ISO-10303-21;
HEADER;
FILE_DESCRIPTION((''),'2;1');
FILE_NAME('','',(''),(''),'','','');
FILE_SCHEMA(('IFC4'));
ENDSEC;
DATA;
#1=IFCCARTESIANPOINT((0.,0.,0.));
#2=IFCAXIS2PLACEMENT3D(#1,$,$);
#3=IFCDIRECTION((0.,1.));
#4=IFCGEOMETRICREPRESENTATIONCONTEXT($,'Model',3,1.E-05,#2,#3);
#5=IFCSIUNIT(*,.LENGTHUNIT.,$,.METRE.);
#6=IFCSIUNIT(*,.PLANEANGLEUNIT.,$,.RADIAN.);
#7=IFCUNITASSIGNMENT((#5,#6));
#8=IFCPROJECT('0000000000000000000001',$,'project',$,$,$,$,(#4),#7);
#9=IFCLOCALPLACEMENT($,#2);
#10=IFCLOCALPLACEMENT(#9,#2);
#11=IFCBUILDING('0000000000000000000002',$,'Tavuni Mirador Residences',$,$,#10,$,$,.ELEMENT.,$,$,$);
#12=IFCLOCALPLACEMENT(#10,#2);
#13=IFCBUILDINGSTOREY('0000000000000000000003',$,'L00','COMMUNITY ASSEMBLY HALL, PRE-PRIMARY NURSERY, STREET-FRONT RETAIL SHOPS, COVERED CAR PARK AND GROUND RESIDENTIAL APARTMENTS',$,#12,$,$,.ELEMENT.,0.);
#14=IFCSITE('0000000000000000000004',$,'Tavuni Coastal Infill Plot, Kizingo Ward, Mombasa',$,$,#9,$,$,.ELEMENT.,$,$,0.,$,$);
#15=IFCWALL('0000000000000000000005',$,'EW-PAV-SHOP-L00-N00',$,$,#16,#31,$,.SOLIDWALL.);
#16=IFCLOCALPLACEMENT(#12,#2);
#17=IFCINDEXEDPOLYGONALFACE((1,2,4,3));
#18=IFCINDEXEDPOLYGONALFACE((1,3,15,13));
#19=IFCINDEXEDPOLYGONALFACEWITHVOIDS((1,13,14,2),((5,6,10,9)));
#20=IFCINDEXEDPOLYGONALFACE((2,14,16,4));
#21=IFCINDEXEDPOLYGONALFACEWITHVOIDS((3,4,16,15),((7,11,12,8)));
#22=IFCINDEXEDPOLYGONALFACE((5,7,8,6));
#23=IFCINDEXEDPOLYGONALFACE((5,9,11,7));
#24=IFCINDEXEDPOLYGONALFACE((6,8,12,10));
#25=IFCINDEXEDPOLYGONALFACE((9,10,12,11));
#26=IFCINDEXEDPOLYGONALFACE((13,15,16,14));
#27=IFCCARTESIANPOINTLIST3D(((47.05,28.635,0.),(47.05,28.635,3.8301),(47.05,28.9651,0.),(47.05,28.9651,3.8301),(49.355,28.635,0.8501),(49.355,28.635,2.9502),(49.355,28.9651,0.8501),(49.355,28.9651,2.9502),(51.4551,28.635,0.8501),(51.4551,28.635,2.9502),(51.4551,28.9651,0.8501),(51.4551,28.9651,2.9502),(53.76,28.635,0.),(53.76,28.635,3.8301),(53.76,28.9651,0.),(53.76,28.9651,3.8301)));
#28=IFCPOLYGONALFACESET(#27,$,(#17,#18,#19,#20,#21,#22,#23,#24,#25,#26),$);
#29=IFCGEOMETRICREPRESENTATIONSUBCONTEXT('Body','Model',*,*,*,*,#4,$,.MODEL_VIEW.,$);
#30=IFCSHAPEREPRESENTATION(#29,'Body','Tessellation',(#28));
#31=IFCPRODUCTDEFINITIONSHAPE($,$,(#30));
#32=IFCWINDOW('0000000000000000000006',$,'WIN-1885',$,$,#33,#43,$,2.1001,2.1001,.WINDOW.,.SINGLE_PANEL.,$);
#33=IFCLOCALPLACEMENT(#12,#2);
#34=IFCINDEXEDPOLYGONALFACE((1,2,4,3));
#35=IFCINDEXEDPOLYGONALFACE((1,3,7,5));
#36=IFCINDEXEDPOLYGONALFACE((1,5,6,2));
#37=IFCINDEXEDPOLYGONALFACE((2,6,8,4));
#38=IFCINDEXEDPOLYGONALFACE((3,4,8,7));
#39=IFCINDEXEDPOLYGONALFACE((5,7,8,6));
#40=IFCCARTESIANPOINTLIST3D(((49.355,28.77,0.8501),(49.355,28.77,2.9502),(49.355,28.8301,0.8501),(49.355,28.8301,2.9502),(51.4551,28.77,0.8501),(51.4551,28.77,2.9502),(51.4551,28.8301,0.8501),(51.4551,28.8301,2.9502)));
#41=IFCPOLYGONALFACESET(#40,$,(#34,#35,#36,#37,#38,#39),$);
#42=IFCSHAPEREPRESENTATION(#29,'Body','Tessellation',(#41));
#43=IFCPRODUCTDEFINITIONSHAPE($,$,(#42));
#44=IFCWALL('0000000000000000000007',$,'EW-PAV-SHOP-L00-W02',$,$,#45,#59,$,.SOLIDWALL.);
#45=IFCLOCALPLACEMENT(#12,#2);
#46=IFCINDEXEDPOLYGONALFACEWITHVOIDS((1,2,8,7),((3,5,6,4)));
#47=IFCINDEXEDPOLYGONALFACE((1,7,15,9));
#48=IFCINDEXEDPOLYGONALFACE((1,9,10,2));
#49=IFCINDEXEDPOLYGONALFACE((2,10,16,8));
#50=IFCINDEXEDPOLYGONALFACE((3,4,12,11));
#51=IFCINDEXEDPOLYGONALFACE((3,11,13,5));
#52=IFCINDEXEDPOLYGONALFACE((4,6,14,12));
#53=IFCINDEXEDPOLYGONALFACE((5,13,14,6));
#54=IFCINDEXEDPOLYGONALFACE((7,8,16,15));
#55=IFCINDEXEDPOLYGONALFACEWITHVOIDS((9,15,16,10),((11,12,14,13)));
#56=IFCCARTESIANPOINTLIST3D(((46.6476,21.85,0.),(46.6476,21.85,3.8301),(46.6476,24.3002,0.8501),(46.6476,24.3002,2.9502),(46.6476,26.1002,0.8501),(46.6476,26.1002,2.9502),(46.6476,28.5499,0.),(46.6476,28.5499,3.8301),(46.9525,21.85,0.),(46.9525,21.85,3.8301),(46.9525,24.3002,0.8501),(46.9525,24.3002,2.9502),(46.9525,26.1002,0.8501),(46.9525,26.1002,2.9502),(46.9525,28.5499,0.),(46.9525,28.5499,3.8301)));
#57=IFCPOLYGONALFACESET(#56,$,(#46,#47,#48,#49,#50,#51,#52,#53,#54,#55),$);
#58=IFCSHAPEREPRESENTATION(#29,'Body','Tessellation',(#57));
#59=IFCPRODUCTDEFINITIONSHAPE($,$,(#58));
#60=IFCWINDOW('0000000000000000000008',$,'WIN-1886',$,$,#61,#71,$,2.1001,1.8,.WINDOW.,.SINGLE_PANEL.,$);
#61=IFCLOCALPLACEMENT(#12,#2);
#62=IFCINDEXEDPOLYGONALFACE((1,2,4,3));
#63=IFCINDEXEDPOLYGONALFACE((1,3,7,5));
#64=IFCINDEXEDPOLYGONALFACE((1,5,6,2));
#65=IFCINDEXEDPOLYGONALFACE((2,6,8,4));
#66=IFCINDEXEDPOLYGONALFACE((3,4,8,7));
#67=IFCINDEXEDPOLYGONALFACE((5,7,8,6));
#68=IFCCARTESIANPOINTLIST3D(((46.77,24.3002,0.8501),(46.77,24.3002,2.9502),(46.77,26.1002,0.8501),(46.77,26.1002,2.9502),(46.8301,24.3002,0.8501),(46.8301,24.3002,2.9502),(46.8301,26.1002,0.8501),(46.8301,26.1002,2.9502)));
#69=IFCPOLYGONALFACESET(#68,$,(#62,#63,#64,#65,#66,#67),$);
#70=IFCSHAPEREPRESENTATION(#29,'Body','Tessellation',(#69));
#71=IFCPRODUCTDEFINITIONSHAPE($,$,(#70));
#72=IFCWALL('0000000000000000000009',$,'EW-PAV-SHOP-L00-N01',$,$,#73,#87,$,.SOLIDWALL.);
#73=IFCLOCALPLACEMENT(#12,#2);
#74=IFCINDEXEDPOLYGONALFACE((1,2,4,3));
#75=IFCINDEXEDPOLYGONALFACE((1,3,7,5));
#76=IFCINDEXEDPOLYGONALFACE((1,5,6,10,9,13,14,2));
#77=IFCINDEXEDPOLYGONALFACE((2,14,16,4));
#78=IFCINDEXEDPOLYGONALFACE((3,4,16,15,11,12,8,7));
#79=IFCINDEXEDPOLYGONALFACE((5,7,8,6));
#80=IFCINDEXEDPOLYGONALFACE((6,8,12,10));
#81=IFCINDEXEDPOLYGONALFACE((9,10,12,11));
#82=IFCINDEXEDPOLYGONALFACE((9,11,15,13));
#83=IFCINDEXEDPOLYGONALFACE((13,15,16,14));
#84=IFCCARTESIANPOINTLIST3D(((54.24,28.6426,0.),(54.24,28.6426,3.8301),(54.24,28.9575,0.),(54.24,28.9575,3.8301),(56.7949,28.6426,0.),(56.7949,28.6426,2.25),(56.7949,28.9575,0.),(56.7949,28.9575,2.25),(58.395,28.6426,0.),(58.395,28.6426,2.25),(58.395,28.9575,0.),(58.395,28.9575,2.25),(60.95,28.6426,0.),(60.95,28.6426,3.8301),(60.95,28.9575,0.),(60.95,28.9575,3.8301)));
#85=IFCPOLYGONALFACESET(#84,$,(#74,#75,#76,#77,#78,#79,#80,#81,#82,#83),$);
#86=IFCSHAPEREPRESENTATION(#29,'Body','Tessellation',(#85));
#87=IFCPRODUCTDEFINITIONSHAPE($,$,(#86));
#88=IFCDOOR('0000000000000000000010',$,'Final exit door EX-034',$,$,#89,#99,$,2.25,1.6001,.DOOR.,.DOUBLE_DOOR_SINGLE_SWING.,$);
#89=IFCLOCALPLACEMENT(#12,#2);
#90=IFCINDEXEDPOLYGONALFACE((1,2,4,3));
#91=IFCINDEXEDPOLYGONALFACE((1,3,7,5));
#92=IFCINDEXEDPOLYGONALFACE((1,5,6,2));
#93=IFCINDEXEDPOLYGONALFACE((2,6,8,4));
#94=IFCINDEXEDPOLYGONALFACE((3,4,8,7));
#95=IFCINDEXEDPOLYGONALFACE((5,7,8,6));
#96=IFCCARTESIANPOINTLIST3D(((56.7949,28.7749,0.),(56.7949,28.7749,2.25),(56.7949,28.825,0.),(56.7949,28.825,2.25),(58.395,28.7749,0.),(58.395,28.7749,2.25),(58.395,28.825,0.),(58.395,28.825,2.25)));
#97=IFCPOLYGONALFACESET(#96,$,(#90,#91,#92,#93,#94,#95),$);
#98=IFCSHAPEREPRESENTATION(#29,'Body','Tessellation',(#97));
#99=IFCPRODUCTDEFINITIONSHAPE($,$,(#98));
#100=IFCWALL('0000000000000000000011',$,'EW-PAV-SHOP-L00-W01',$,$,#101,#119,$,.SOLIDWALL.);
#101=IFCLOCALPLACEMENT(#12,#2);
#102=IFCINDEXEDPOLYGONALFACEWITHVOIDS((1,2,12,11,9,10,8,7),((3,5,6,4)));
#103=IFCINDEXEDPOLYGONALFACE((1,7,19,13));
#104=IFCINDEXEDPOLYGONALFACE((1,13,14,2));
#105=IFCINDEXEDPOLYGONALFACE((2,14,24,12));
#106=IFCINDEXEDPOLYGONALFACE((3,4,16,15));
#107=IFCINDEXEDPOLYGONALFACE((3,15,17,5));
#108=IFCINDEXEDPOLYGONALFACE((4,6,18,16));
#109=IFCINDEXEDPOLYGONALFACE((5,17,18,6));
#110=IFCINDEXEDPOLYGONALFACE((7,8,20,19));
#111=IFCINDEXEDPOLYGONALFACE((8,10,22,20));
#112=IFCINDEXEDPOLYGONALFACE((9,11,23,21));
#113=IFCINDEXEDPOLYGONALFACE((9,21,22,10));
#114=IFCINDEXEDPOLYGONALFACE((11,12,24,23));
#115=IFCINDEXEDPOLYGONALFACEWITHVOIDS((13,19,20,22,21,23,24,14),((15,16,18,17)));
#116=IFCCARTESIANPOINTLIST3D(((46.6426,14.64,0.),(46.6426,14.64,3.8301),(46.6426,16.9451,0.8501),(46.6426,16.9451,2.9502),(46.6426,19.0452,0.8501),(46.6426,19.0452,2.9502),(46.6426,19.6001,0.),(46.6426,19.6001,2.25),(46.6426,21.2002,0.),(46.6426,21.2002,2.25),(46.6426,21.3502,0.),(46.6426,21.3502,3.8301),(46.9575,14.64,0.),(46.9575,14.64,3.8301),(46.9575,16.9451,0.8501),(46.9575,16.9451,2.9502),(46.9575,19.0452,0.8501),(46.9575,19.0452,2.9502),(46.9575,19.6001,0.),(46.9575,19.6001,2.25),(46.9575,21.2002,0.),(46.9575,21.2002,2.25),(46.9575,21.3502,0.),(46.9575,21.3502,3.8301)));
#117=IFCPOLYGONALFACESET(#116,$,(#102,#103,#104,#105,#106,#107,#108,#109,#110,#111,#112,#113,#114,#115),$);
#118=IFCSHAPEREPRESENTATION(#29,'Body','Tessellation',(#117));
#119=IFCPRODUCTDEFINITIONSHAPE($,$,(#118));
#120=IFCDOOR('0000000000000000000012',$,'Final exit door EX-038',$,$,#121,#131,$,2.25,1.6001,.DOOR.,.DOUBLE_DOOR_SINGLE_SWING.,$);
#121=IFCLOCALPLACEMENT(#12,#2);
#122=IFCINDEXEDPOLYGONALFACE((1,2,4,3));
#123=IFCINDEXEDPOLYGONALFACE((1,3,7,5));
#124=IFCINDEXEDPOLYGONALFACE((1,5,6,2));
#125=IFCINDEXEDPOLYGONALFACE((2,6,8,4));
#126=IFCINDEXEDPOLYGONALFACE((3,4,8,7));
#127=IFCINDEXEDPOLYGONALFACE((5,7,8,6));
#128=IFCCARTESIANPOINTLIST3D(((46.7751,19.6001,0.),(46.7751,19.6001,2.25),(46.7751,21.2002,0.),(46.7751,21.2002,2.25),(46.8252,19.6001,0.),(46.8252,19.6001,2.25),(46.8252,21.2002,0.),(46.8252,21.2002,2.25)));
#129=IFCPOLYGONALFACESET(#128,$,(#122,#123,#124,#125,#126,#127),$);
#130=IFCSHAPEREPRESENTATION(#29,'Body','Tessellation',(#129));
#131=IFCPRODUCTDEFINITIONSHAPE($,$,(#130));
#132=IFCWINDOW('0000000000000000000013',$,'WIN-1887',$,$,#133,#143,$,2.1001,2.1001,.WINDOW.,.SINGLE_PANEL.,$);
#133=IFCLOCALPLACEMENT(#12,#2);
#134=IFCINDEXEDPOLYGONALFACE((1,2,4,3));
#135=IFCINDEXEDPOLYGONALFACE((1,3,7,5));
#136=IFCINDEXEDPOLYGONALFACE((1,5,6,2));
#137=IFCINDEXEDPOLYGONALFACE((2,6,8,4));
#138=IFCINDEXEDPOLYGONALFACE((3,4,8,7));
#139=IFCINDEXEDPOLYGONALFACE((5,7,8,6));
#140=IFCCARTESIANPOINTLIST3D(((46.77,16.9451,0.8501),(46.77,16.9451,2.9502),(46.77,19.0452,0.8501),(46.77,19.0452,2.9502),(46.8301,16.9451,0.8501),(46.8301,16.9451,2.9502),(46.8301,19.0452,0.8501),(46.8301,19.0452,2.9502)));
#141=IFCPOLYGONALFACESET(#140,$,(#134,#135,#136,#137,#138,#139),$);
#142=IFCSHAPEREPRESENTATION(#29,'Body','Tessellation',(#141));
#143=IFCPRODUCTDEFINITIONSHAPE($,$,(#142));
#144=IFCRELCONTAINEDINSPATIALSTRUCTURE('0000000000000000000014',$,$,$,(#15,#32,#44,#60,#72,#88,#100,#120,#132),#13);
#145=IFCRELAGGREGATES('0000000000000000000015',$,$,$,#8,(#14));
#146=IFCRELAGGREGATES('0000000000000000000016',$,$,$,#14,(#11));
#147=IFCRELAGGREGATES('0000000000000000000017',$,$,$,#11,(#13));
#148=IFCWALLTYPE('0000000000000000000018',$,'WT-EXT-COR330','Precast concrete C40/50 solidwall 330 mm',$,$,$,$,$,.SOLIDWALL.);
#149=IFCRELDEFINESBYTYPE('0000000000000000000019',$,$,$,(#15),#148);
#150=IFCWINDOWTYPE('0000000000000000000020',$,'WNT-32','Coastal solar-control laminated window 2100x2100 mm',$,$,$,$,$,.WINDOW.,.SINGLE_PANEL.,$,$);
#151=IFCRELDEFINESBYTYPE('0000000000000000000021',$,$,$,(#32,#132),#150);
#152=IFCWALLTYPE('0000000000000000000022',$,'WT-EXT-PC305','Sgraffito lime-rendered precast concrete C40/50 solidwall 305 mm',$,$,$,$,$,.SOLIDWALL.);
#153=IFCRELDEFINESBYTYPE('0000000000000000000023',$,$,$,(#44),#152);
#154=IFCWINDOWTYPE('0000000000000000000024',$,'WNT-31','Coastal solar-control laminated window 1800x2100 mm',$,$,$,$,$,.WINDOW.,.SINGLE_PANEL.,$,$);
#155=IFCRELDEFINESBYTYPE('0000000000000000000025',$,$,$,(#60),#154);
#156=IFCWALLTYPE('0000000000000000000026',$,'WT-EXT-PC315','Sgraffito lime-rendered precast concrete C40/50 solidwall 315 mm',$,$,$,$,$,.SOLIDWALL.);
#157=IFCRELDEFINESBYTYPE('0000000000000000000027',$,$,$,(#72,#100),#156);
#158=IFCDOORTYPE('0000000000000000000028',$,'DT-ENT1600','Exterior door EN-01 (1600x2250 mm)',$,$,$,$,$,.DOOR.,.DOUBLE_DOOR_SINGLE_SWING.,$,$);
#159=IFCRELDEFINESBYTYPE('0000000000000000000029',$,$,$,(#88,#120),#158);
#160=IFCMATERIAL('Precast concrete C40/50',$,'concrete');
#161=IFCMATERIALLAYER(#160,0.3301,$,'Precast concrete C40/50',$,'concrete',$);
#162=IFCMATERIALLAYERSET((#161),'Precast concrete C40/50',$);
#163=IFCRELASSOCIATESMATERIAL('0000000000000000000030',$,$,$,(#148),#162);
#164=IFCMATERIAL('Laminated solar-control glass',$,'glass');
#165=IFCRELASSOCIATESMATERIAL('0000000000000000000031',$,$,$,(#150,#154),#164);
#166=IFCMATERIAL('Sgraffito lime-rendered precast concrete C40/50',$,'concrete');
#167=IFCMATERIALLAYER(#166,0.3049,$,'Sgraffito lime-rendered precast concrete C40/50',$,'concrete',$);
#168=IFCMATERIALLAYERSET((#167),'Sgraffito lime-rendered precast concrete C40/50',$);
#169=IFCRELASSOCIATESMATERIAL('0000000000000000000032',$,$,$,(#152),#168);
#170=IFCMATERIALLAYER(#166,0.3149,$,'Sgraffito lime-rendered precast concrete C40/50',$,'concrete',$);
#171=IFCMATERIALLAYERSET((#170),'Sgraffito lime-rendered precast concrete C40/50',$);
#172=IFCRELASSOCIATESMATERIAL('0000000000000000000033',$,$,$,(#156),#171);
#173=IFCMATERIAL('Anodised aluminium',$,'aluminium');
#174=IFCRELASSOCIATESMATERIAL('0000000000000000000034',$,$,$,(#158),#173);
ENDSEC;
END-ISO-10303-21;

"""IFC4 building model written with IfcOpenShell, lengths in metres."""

from ifc_helpers import new_model, si_unit, direction, frame, frame_2d, origin, place, context, subcontext, project, spatial, rectangle, extrude, material, layer, layer_set, type_object, element, fill, save


model = new_model("IFC4")

# Units and contexts
model_context = context("Model", 3, precision=1e-05, world=origin(), true_north=direction((0.0, 1.0)))
body_context = subcontext(model_context, "Body", "Model", "MODEL_VIEW")
ifc_project = project(units=[si_unit("LENGTHUNIT", "METRE"), si_unit("PLANEANGLEUNIT", "RADIAN")], contexts=[model_context])

# Site, building, storey
site_placement = place(None, origin())
site = spatial("IfcSite", under=ifc_project, at=site_placement, Name="Tavuni Coastal Infill Plot, Kizingo Ward, Mombasa", CompositionType="ELEMENT", RefElevation=0.0)
building_placement = place(site_placement, origin())
building = spatial("IfcBuilding", under=site, at=building_placement, Name="Tavuni Mirador Residences", CompositionType="ELEMENT")
storey_placement = place(building_placement, origin())
storey = spatial("IfcBuildingStorey", under=building, at=storey_placement, Name="L00", Description="COMMUNITY ASSEMBLY HALL, PRE-PRIMARY NURSERY, STREET-FRONT RETAIL SHOPS, COVERED CAR PARK AND GROUND RESIDENTIAL APARTMENTS", CompositionType="ELEMENT", Elevation=0.0)

# Shared definitions
ifc_material_1 = material(Name="Precast concrete C40/50", Category="concrete")

# Walls, openings, windows
ifc_layer_1 = layer(ifc_material_1, 0.3301, Name="Precast concrete C40/50", Category="concrete")
ifc_layer_set_1 = layer_set([ifc_layer_1], Name="Precast concrete C40/50")
wall_type_1 = type_object("IfcWallType", Name="WT-EXT-COR330", Description="Precast concrete C40/50 solidwall 330 mm", PredefinedType="SOLIDWALL", material=ifc_layer_set_1)
wall_1_placement = place(storey_placement, frame((53.76, 28.8, 0.0), z_axis=(0.0, 0.0, 1.0), x_axis=(-1.0, 0.0, 0.0)))
wall_1 = element("IfcWall", 1, at=wall_1_placement, inside=storey, type_object=wall_type_1, Name="EW-PAV-SHOP-L00-N00", PredefinedType="SOLIDWALL", context=body_context, shape_type="SweptSolid", body=[
    extrude(rectangle(XDim=6.71, YDim=0.3301, at=frame_2d((3.355, 0.0))), origin(), (0.0, 0.0, 1.0), 3.8301),
])
opening_1_placement = place(wall_1_placement, frame((2.3049, 0.0, 0.8501)))
opening_1 = element("IfcOpeningElement", 2, at=opening_1_placement, cuts=wall_1, PredefinedType="OPENING", context=body_context, shape_type="SweptSolid", body=[
    extrude(rectangle(XDim=2.1001, YDim=2.1001, at=frame_2d((1.05, 1.05))), frame((0.0, 0.175, 0.0), z_axis=(0.0, -1.0, 0.0), x_axis=(1.0, 0.0, 0.0)), (0.0, 0.0, 1.0), 0.3501),
])
ifc_material_2 = material(Name="Laminated solar-control glass", Category="glass")
window_type_1 = type_object("IfcWindowType", Name="WNT-32", Description="Coastal solar-control laminated window 2100x2100 mm", PartitioningType="SINGLE_PANEL", PredefinedType="WINDOW", material=ifc_material_2)
window_1_placement = place(opening_1_placement, origin())
window_1 = element("IfcWindow", 3, at=window_1_placement, inside=storey, type_object=window_type_1, Name="WIN-1885", OverallHeight=2.1001, OverallWidth=2.1001, PartitioningType="SINGLE_PANEL", PredefinedType="WINDOW", context=body_context, shape_type="SweptSolid", body=[
    extrude(rectangle(XDim=2.1001, YDim=2.1001, at=frame_2d((1.05, 1.05))), frame((0.0, 0.03, 0.0), z_axis=(0.0, -1.0, 0.0), x_axis=(1.0, 0.0, 0.0)), (0.0, 0.0, 1.0), 0.0601),
])
fill(opening_1, window_1)
ifc_material_3 = material(Name="Sgraffito lime-rendered precast concrete C40/50", Category="concrete")
ifc_layer_2 = layer(ifc_material_3, 0.3049, Name="Sgraffito lime-rendered precast concrete C40/50", Category="concrete")
ifc_layer_set_2 = layer_set([ifc_layer_2], Name="Sgraffito lime-rendered precast concrete C40/50")
wall_type_2 = type_object("IfcWallType", Name="WT-EXT-PC305", Description="Sgraffito lime-rendered precast concrete C40/50 solidwall 305 mm", PredefinedType="SOLIDWALL", material=ifc_layer_set_2)
wall_2_placement = place(storey_placement, frame((46.8, 28.55, 0.0), z_axis=(0.0, 0.0, 1.0), x_axis=(0.0, -1.0, 0.0)))
wall_2 = element("IfcWall", 4, at=wall_2_placement, inside=storey, type_object=wall_type_2, Name="EW-PAV-SHOP-L00-W02", PredefinedType="SOLIDWALL", context=body_context, shape_type="SweptSolid", body=[
    extrude(rectangle(XDim=6.7, YDim=0.3049, at=frame_2d((3.3501, 0.0))), origin(), (0.0, 0.0, 1.0), 3.8301),
])
opening_2_placement = place(wall_2_placement, frame((2.45, 0.0, 0.8501)))
opening_2 = element("IfcOpeningElement", 5, at=opening_2_placement, cuts=wall_2, PredefinedType="OPENING", context=body_context, shape_type="SweptSolid", body=[
    extrude(rectangle(XDim=1.8, YDim=2.1001, at=frame_2d((0.8999, 1.05))), frame((0.0, 0.1626, 0.0), z_axis=(0.0, -1.0, 0.0), x_axis=(1.0, 0.0, 0.0)), (0.0, 0.0, 1.0), 0.325),
])
window_type_2 = type_object("IfcWindowType", Name="WNT-31", Description="Coastal solar-control laminated window 1800x2100 mm", PartitioningType="SINGLE_PANEL", PredefinedType="WINDOW", material=ifc_material_2)
window_2_placement = place(opening_2_placement, origin())
window_2 = element("IfcWindow", 6, at=window_2_placement, inside=storey, type_object=window_type_2, Name="WIN-1886", OverallHeight=2.1001, OverallWidth=1.8, PartitioningType="SINGLE_PANEL", PredefinedType="WINDOW", context=body_context, shape_type="SweptSolid", body=[
    extrude(rectangle(XDim=1.8, YDim=2.1001, at=frame_2d((0.8999, 1.05))), frame((0.0, 0.03, 0.0), z_axis=(0.0, -1.0, 0.0), x_axis=(1.0, 0.0, 0.0)), (0.0, 0.0, 1.0), 0.0601),
])
fill(opening_2, window_2)

# Wall, opening, door
ifc_layer_3 = layer(ifc_material_3, 0.3149, Name="Sgraffito lime-rendered precast concrete C40/50", Category="concrete")
ifc_layer_set_3 = layer_set([ifc_layer_3], Name="Sgraffito lime-rendered precast concrete C40/50")
wall_type_3 = type_object("IfcWallType", Name="WT-EXT-PC315", Description="Sgraffito lime-rendered precast concrete C40/50 solidwall 315 mm", PredefinedType="SOLIDWALL", material=ifc_layer_set_3)
wall_3_placement = place(storey_placement, frame((60.95, 28.8, 0.0), z_axis=(0.0, 0.0, 1.0), x_axis=(-1.0, 0.0, 0.0)))
wall_3 = element("IfcWall", 7, at=wall_3_placement, inside=storey, type_object=wall_type_3, Name="EW-PAV-SHOP-L00-N01", PredefinedType="SOLIDWALL", context=body_context, shape_type="SweptSolid", body=[
    extrude(rectangle(XDim=6.71, YDim=0.3149, at=frame_2d((3.355, 0.0))), origin(), (0.0, 0.0, 1.0), 3.8301),
])
opening_3_placement = place(wall_3_placement, frame((2.5549, 0.0, 0.0)))
opening_3 = element("IfcOpeningElement", 8, at=opening_3_placement, cuts=wall_3, PredefinedType="OPENING", context=body_context, shape_type="SweptSolid", body=[
    extrude(rectangle(XDim=1.6001, YDim=2.25, at=frame_2d((0.8, 1.125))), frame((0.0, 0.1675, 0.0), z_axis=(0.0, -1.0, 0.0), x_axis=(1.0, 0.0, 0.0)), (0.0, 0.0, 1.0), 0.335),
])
ifc_material_4 = material(Name="Anodised aluminium", Category="aluminium")
door_type_1 = type_object("IfcDoorType", Name="DT-ENT1600", Description="Exterior door EN-01 (1600x2250 mm)", OperationType="DOUBLE_DOOR_SINGLE_SWING", PredefinedType="DOOR", material=ifc_material_4)
door_1_placement = place(opening_3_placement, frame((1.6001, 0.0, 0.0), z_axis=(0.0, 0.0, 1.0), x_axis=(-1.0, 0.0, 0.0)))
door_1 = element("IfcDoor", 9, at=door_1_placement, inside=storey, type_object=door_type_1, Name="Final exit door EX-034", OperationType="DOUBLE_DOOR_SINGLE_SWING", OverallHeight=2.25, OverallWidth=1.6001, PredefinedType="DOOR", context=body_context, shape_type="SweptSolid", body=[
    extrude(rectangle(XDim=1.6001, YDim=2.25, at=frame_2d((0.8, 1.125))), frame((0.0, 0.0249, 0.0), z_axis=(0.0, -1.0, 0.0), x_axis=(1.0, 0.0, 0.0)), (0.0, 0.0, 1.0), 0.05),
])
fill(opening_3, door_1)

# Wall, openings, door, window
wall_4_placement = place(storey_placement, frame((46.8, 21.3501, 0.0), z_axis=(0.0, 0.0, 1.0), x_axis=(0.0, -1.0, 0.0)))
wall_4 = element("IfcWall", 10, at=wall_4_placement, inside=storey, type_object=wall_type_3, Name="EW-PAV-SHOP-L00-W01", PredefinedType="SOLIDWALL", context=body_context, shape_type="SweptSolid", body=[
    extrude(rectangle(XDim=6.7102, YDim=0.3149, at=frame_2d((3.355, 0.0))), origin(), (0.0, 0.0, 1.0), 3.8301),
])
opening_4_placement = place(wall_4_placement, frame((2.3049, 0.0, 0.8501)))
opening_4 = element("IfcOpeningElement", 11, at=opening_4_placement, cuts=wall_4, PredefinedType="OPENING", context=body_context, shape_type="SweptSolid", body=[
    extrude(rectangle(XDim=2.1001, YDim=2.1001, at=frame_2d((1.05, 1.05))), frame((0.0, 0.1675, 0.0), z_axis=(0.0, -1.0, 0.0), x_axis=(1.0, 0.0, 0.0)), (0.0, 0.0, 1.0), 0.335),
])
opening_5_placement = place(wall_4_placement, frame((0.1499, 0.0, 0.0)))
opening_5 = element("IfcOpeningElement", 12, at=opening_5_placement, cuts=wall_4, PredefinedType="OPENING", context=body_context, shape_type="SweptSolid", body=[
    extrude(rectangle(XDim=1.6001, YDim=2.25, at=frame_2d((0.8, 1.125))), frame((0.0, 0.1675, 0.0), z_axis=(0.0, -1.0, 0.0), x_axis=(1.0, 0.0, 0.0)), (0.0, 0.0, 1.0), 0.335),
])
door_2_placement = place(opening_5_placement, frame((1.6001, 0.0, 0.0), z_axis=(0.0, 0.0, 1.0), x_axis=(-1.0, 0.0, 0.0)))
door_2 = element("IfcDoor", 13, at=door_2_placement, inside=storey, type_object=door_type_1, Name="Final exit door EX-038", OperationType="DOUBLE_DOOR_SINGLE_SWING", OverallHeight=2.25, OverallWidth=1.6001, PredefinedType="DOOR", context=body_context, shape_type="SweptSolid", body=[
    extrude(rectangle(XDim=1.6001, YDim=2.25, at=frame_2d((0.8, 1.125))), frame((0.0, 0.0249, 0.0), z_axis=(0.0, -1.0, 0.0), x_axis=(1.0, 0.0, 0.0)), (0.0, 0.0, 1.0), 0.05),
])
fill(opening_5, door_2)
window_3_placement = place(opening_4_placement, origin())
window_3 = element("IfcWindow", 14, at=window_3_placement, inside=storey, type_object=window_type_1, Name="WIN-1887", OverallHeight=2.1001, OverallWidth=2.1001, PartitioningType="SINGLE_PANEL", PredefinedType="WINDOW", context=body_context, shape_type="SweptSolid", body=[
    extrude(rectangle(XDim=2.1001, YDim=2.1001, at=frame_2d((1.05, 1.05))), frame((0.0, 0.03, 0.0), z_axis=(0.0, -1.0, 0.0), x_axis=(1.0, 0.0, 0.0)), (0.0, 0.0, 1.0), 0.0601),
])
fill(opening_4, window_3)

save(model, "model.ifc")
